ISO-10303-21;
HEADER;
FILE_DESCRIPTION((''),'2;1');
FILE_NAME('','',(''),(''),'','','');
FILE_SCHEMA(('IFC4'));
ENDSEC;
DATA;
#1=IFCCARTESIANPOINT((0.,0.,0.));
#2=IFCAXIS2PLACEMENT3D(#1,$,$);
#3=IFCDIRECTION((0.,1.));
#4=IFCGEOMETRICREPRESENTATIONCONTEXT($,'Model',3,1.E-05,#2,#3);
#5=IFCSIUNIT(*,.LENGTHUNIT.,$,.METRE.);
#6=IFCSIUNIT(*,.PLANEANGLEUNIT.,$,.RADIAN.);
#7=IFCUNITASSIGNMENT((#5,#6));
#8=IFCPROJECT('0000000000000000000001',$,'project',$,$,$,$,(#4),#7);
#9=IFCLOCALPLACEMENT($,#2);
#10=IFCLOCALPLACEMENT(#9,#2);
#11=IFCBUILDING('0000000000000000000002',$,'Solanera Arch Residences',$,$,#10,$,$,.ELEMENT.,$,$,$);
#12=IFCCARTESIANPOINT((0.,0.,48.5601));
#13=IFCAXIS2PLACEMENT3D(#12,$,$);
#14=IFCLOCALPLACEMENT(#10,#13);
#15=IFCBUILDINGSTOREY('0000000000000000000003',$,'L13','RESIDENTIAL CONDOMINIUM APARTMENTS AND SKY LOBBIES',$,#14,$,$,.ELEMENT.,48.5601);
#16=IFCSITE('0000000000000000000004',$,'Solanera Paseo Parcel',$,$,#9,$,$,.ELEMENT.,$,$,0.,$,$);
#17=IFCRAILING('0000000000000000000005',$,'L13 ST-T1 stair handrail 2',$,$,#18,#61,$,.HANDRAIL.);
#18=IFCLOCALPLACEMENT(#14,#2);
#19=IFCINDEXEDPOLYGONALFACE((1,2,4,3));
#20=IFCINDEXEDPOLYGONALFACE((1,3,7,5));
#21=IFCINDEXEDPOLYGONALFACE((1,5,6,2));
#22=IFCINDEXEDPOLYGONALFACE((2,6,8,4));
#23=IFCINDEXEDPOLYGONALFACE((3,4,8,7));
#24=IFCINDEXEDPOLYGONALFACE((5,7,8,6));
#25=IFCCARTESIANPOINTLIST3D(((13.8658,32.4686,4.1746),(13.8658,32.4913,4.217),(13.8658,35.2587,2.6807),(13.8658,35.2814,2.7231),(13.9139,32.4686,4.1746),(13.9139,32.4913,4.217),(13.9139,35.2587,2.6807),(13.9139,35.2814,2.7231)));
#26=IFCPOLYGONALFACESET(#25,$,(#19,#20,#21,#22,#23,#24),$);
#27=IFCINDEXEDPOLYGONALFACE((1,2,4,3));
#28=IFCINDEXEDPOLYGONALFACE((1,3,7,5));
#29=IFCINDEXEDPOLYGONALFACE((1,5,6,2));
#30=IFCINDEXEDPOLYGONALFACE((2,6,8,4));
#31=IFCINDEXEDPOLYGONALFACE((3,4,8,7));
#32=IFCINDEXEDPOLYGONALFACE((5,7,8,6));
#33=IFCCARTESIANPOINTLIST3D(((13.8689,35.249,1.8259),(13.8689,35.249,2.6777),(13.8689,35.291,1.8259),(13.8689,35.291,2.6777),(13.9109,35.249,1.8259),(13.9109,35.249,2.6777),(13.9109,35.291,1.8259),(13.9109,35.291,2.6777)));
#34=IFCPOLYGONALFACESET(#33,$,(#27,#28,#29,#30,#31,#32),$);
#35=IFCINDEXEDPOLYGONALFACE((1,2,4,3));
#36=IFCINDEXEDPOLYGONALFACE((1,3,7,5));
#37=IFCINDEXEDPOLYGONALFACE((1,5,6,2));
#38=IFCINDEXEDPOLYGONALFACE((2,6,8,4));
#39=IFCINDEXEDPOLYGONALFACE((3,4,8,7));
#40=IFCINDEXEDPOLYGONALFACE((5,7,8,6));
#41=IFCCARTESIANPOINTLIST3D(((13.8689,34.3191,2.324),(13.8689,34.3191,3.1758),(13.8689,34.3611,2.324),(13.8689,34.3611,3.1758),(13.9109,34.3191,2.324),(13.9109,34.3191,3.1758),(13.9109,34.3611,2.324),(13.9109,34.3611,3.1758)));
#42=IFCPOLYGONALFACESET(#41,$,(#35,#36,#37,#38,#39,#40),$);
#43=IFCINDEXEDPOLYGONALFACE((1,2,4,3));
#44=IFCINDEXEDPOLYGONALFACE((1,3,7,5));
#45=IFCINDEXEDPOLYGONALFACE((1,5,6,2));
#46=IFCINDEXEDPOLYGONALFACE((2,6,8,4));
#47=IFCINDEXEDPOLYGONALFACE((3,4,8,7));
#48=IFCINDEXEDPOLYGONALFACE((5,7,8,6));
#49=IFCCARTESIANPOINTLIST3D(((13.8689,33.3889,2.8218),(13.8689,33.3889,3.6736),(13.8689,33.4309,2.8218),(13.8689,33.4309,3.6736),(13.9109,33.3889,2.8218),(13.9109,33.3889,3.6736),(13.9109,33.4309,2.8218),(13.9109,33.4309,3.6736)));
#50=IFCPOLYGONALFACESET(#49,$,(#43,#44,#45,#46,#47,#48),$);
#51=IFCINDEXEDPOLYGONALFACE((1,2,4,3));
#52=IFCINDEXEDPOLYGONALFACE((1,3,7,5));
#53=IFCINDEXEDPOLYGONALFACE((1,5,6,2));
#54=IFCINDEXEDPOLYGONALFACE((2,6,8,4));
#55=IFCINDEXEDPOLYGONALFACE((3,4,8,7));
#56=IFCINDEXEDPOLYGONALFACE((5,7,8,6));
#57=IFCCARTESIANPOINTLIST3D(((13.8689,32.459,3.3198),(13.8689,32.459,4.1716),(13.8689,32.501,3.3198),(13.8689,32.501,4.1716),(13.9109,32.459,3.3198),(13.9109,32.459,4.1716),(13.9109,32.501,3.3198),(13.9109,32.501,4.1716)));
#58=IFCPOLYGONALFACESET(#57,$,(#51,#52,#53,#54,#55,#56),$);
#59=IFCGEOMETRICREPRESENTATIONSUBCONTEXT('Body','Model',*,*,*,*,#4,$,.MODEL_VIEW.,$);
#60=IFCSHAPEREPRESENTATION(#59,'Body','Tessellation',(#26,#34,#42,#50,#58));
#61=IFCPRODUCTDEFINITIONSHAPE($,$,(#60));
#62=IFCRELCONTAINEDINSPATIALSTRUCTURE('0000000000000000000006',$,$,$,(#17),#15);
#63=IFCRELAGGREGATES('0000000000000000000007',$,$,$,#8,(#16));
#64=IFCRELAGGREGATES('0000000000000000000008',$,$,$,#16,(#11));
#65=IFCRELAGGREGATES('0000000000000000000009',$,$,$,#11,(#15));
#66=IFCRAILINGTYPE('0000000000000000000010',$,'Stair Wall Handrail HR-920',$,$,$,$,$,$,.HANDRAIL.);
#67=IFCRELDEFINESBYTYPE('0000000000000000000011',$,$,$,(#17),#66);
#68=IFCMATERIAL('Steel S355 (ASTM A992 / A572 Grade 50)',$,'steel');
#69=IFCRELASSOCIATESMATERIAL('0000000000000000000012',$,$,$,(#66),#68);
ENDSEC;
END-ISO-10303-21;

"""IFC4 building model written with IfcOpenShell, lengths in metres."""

from ifc_helpers import new_model, si_unit, direction, frame, origin, origin_2d, place, context, subcontext, project, spatial, rectangle, extrude, material, type_object, element, save


model = new_model("IFC4")

# Units and contexts
model_context = context("Model", 3, precision=1e-05, world=origin(), true_north=direction((0.0, 1.0)))
body_context = subcontext(model_context, "Body", "Model", "MODEL_VIEW")
ifc_project = project(units=[si_unit("LENGTHUNIT", "METRE"), si_unit("PLANEANGLEUNIT", "RADIAN")], contexts=[model_context])

# Site, building, storey
site_placement = place(None, origin())
site = spatial("IfcSite", under=ifc_project, at=site_placement, Name="Solanera Paseo Parcel", CompositionType="ELEMENT", RefElevation=0.0)
building_placement = place(site_placement, origin())
building = spatial("IfcBuilding", under=site, at=building_placement, Name="Solanera Arch Residences", CompositionType="ELEMENT")
storey_placement = place(building_placement, frame((0.0, 0.0, 48.5601)))
storey = spatial("IfcBuildingStorey", under=building, at=storey_placement, Name="L13", Description="RESIDENTIAL CONDOMINIUM APARTMENTS AND SKY LOBBIES", CompositionType="ELEMENT", Elevation=48.5601)

# Railing
ifc_material_1 = material(Name="Steel S355 (ASTM A992 / A572 Grade 50)", Category="steel")
railing_type_1 = type_object("IfcRailingType", Name="Stair Wall Handrail HR-920", PredefinedType="HANDRAIL", material=ifc_material_1)
railing_1_placement = place(storey_placement, frame((13.8899, 35.27, 1.8259)))
element("IfcRailing", 1, at=railing_1_placement, inside=storey, type_object=railing_type_1, Name="L13 ST-T1 stair handrail 2", PredefinedType="HANDRAIL", context=body_context, shape_type="SweptSolid", body=[
    extrude(rectangle(XDim=0.0481, YDim=0.0481, at=origin_2d()), frame((0.0, 0.0, 0.876), z_axis=(0.0, -0.881581, 0.472033), x_axis=(1.0, 0.0, 0.0)), (0.0, 0.0, 1.0), 3.1648),
    extrude(rectangle(XDim=0.042, YDim=0.042, at=origin_2d()), origin(), (0.0, 0.0, 1.0), 0.8518),
    extrude(rectangle(XDim=0.042, YDim=0.042, at=origin_2d()), frame((0.0, -0.9299, 0.498)), (0.0, 0.0, 1.0), 0.8518),
    extrude(rectangle(XDim=0.042, YDim=0.042, at=origin_2d()), frame((0.0, -1.8601, 0.9958)), (0.0, 0.0, 1.0), 0.8518),
    extrude(rectangle(XDim=0.042, YDim=0.042, at=origin_2d()), frame((0.0, -2.79, 1.4939)), (0.0, 0.0, 1.0), 0.8518),
])

save(model, "model.ifc")
